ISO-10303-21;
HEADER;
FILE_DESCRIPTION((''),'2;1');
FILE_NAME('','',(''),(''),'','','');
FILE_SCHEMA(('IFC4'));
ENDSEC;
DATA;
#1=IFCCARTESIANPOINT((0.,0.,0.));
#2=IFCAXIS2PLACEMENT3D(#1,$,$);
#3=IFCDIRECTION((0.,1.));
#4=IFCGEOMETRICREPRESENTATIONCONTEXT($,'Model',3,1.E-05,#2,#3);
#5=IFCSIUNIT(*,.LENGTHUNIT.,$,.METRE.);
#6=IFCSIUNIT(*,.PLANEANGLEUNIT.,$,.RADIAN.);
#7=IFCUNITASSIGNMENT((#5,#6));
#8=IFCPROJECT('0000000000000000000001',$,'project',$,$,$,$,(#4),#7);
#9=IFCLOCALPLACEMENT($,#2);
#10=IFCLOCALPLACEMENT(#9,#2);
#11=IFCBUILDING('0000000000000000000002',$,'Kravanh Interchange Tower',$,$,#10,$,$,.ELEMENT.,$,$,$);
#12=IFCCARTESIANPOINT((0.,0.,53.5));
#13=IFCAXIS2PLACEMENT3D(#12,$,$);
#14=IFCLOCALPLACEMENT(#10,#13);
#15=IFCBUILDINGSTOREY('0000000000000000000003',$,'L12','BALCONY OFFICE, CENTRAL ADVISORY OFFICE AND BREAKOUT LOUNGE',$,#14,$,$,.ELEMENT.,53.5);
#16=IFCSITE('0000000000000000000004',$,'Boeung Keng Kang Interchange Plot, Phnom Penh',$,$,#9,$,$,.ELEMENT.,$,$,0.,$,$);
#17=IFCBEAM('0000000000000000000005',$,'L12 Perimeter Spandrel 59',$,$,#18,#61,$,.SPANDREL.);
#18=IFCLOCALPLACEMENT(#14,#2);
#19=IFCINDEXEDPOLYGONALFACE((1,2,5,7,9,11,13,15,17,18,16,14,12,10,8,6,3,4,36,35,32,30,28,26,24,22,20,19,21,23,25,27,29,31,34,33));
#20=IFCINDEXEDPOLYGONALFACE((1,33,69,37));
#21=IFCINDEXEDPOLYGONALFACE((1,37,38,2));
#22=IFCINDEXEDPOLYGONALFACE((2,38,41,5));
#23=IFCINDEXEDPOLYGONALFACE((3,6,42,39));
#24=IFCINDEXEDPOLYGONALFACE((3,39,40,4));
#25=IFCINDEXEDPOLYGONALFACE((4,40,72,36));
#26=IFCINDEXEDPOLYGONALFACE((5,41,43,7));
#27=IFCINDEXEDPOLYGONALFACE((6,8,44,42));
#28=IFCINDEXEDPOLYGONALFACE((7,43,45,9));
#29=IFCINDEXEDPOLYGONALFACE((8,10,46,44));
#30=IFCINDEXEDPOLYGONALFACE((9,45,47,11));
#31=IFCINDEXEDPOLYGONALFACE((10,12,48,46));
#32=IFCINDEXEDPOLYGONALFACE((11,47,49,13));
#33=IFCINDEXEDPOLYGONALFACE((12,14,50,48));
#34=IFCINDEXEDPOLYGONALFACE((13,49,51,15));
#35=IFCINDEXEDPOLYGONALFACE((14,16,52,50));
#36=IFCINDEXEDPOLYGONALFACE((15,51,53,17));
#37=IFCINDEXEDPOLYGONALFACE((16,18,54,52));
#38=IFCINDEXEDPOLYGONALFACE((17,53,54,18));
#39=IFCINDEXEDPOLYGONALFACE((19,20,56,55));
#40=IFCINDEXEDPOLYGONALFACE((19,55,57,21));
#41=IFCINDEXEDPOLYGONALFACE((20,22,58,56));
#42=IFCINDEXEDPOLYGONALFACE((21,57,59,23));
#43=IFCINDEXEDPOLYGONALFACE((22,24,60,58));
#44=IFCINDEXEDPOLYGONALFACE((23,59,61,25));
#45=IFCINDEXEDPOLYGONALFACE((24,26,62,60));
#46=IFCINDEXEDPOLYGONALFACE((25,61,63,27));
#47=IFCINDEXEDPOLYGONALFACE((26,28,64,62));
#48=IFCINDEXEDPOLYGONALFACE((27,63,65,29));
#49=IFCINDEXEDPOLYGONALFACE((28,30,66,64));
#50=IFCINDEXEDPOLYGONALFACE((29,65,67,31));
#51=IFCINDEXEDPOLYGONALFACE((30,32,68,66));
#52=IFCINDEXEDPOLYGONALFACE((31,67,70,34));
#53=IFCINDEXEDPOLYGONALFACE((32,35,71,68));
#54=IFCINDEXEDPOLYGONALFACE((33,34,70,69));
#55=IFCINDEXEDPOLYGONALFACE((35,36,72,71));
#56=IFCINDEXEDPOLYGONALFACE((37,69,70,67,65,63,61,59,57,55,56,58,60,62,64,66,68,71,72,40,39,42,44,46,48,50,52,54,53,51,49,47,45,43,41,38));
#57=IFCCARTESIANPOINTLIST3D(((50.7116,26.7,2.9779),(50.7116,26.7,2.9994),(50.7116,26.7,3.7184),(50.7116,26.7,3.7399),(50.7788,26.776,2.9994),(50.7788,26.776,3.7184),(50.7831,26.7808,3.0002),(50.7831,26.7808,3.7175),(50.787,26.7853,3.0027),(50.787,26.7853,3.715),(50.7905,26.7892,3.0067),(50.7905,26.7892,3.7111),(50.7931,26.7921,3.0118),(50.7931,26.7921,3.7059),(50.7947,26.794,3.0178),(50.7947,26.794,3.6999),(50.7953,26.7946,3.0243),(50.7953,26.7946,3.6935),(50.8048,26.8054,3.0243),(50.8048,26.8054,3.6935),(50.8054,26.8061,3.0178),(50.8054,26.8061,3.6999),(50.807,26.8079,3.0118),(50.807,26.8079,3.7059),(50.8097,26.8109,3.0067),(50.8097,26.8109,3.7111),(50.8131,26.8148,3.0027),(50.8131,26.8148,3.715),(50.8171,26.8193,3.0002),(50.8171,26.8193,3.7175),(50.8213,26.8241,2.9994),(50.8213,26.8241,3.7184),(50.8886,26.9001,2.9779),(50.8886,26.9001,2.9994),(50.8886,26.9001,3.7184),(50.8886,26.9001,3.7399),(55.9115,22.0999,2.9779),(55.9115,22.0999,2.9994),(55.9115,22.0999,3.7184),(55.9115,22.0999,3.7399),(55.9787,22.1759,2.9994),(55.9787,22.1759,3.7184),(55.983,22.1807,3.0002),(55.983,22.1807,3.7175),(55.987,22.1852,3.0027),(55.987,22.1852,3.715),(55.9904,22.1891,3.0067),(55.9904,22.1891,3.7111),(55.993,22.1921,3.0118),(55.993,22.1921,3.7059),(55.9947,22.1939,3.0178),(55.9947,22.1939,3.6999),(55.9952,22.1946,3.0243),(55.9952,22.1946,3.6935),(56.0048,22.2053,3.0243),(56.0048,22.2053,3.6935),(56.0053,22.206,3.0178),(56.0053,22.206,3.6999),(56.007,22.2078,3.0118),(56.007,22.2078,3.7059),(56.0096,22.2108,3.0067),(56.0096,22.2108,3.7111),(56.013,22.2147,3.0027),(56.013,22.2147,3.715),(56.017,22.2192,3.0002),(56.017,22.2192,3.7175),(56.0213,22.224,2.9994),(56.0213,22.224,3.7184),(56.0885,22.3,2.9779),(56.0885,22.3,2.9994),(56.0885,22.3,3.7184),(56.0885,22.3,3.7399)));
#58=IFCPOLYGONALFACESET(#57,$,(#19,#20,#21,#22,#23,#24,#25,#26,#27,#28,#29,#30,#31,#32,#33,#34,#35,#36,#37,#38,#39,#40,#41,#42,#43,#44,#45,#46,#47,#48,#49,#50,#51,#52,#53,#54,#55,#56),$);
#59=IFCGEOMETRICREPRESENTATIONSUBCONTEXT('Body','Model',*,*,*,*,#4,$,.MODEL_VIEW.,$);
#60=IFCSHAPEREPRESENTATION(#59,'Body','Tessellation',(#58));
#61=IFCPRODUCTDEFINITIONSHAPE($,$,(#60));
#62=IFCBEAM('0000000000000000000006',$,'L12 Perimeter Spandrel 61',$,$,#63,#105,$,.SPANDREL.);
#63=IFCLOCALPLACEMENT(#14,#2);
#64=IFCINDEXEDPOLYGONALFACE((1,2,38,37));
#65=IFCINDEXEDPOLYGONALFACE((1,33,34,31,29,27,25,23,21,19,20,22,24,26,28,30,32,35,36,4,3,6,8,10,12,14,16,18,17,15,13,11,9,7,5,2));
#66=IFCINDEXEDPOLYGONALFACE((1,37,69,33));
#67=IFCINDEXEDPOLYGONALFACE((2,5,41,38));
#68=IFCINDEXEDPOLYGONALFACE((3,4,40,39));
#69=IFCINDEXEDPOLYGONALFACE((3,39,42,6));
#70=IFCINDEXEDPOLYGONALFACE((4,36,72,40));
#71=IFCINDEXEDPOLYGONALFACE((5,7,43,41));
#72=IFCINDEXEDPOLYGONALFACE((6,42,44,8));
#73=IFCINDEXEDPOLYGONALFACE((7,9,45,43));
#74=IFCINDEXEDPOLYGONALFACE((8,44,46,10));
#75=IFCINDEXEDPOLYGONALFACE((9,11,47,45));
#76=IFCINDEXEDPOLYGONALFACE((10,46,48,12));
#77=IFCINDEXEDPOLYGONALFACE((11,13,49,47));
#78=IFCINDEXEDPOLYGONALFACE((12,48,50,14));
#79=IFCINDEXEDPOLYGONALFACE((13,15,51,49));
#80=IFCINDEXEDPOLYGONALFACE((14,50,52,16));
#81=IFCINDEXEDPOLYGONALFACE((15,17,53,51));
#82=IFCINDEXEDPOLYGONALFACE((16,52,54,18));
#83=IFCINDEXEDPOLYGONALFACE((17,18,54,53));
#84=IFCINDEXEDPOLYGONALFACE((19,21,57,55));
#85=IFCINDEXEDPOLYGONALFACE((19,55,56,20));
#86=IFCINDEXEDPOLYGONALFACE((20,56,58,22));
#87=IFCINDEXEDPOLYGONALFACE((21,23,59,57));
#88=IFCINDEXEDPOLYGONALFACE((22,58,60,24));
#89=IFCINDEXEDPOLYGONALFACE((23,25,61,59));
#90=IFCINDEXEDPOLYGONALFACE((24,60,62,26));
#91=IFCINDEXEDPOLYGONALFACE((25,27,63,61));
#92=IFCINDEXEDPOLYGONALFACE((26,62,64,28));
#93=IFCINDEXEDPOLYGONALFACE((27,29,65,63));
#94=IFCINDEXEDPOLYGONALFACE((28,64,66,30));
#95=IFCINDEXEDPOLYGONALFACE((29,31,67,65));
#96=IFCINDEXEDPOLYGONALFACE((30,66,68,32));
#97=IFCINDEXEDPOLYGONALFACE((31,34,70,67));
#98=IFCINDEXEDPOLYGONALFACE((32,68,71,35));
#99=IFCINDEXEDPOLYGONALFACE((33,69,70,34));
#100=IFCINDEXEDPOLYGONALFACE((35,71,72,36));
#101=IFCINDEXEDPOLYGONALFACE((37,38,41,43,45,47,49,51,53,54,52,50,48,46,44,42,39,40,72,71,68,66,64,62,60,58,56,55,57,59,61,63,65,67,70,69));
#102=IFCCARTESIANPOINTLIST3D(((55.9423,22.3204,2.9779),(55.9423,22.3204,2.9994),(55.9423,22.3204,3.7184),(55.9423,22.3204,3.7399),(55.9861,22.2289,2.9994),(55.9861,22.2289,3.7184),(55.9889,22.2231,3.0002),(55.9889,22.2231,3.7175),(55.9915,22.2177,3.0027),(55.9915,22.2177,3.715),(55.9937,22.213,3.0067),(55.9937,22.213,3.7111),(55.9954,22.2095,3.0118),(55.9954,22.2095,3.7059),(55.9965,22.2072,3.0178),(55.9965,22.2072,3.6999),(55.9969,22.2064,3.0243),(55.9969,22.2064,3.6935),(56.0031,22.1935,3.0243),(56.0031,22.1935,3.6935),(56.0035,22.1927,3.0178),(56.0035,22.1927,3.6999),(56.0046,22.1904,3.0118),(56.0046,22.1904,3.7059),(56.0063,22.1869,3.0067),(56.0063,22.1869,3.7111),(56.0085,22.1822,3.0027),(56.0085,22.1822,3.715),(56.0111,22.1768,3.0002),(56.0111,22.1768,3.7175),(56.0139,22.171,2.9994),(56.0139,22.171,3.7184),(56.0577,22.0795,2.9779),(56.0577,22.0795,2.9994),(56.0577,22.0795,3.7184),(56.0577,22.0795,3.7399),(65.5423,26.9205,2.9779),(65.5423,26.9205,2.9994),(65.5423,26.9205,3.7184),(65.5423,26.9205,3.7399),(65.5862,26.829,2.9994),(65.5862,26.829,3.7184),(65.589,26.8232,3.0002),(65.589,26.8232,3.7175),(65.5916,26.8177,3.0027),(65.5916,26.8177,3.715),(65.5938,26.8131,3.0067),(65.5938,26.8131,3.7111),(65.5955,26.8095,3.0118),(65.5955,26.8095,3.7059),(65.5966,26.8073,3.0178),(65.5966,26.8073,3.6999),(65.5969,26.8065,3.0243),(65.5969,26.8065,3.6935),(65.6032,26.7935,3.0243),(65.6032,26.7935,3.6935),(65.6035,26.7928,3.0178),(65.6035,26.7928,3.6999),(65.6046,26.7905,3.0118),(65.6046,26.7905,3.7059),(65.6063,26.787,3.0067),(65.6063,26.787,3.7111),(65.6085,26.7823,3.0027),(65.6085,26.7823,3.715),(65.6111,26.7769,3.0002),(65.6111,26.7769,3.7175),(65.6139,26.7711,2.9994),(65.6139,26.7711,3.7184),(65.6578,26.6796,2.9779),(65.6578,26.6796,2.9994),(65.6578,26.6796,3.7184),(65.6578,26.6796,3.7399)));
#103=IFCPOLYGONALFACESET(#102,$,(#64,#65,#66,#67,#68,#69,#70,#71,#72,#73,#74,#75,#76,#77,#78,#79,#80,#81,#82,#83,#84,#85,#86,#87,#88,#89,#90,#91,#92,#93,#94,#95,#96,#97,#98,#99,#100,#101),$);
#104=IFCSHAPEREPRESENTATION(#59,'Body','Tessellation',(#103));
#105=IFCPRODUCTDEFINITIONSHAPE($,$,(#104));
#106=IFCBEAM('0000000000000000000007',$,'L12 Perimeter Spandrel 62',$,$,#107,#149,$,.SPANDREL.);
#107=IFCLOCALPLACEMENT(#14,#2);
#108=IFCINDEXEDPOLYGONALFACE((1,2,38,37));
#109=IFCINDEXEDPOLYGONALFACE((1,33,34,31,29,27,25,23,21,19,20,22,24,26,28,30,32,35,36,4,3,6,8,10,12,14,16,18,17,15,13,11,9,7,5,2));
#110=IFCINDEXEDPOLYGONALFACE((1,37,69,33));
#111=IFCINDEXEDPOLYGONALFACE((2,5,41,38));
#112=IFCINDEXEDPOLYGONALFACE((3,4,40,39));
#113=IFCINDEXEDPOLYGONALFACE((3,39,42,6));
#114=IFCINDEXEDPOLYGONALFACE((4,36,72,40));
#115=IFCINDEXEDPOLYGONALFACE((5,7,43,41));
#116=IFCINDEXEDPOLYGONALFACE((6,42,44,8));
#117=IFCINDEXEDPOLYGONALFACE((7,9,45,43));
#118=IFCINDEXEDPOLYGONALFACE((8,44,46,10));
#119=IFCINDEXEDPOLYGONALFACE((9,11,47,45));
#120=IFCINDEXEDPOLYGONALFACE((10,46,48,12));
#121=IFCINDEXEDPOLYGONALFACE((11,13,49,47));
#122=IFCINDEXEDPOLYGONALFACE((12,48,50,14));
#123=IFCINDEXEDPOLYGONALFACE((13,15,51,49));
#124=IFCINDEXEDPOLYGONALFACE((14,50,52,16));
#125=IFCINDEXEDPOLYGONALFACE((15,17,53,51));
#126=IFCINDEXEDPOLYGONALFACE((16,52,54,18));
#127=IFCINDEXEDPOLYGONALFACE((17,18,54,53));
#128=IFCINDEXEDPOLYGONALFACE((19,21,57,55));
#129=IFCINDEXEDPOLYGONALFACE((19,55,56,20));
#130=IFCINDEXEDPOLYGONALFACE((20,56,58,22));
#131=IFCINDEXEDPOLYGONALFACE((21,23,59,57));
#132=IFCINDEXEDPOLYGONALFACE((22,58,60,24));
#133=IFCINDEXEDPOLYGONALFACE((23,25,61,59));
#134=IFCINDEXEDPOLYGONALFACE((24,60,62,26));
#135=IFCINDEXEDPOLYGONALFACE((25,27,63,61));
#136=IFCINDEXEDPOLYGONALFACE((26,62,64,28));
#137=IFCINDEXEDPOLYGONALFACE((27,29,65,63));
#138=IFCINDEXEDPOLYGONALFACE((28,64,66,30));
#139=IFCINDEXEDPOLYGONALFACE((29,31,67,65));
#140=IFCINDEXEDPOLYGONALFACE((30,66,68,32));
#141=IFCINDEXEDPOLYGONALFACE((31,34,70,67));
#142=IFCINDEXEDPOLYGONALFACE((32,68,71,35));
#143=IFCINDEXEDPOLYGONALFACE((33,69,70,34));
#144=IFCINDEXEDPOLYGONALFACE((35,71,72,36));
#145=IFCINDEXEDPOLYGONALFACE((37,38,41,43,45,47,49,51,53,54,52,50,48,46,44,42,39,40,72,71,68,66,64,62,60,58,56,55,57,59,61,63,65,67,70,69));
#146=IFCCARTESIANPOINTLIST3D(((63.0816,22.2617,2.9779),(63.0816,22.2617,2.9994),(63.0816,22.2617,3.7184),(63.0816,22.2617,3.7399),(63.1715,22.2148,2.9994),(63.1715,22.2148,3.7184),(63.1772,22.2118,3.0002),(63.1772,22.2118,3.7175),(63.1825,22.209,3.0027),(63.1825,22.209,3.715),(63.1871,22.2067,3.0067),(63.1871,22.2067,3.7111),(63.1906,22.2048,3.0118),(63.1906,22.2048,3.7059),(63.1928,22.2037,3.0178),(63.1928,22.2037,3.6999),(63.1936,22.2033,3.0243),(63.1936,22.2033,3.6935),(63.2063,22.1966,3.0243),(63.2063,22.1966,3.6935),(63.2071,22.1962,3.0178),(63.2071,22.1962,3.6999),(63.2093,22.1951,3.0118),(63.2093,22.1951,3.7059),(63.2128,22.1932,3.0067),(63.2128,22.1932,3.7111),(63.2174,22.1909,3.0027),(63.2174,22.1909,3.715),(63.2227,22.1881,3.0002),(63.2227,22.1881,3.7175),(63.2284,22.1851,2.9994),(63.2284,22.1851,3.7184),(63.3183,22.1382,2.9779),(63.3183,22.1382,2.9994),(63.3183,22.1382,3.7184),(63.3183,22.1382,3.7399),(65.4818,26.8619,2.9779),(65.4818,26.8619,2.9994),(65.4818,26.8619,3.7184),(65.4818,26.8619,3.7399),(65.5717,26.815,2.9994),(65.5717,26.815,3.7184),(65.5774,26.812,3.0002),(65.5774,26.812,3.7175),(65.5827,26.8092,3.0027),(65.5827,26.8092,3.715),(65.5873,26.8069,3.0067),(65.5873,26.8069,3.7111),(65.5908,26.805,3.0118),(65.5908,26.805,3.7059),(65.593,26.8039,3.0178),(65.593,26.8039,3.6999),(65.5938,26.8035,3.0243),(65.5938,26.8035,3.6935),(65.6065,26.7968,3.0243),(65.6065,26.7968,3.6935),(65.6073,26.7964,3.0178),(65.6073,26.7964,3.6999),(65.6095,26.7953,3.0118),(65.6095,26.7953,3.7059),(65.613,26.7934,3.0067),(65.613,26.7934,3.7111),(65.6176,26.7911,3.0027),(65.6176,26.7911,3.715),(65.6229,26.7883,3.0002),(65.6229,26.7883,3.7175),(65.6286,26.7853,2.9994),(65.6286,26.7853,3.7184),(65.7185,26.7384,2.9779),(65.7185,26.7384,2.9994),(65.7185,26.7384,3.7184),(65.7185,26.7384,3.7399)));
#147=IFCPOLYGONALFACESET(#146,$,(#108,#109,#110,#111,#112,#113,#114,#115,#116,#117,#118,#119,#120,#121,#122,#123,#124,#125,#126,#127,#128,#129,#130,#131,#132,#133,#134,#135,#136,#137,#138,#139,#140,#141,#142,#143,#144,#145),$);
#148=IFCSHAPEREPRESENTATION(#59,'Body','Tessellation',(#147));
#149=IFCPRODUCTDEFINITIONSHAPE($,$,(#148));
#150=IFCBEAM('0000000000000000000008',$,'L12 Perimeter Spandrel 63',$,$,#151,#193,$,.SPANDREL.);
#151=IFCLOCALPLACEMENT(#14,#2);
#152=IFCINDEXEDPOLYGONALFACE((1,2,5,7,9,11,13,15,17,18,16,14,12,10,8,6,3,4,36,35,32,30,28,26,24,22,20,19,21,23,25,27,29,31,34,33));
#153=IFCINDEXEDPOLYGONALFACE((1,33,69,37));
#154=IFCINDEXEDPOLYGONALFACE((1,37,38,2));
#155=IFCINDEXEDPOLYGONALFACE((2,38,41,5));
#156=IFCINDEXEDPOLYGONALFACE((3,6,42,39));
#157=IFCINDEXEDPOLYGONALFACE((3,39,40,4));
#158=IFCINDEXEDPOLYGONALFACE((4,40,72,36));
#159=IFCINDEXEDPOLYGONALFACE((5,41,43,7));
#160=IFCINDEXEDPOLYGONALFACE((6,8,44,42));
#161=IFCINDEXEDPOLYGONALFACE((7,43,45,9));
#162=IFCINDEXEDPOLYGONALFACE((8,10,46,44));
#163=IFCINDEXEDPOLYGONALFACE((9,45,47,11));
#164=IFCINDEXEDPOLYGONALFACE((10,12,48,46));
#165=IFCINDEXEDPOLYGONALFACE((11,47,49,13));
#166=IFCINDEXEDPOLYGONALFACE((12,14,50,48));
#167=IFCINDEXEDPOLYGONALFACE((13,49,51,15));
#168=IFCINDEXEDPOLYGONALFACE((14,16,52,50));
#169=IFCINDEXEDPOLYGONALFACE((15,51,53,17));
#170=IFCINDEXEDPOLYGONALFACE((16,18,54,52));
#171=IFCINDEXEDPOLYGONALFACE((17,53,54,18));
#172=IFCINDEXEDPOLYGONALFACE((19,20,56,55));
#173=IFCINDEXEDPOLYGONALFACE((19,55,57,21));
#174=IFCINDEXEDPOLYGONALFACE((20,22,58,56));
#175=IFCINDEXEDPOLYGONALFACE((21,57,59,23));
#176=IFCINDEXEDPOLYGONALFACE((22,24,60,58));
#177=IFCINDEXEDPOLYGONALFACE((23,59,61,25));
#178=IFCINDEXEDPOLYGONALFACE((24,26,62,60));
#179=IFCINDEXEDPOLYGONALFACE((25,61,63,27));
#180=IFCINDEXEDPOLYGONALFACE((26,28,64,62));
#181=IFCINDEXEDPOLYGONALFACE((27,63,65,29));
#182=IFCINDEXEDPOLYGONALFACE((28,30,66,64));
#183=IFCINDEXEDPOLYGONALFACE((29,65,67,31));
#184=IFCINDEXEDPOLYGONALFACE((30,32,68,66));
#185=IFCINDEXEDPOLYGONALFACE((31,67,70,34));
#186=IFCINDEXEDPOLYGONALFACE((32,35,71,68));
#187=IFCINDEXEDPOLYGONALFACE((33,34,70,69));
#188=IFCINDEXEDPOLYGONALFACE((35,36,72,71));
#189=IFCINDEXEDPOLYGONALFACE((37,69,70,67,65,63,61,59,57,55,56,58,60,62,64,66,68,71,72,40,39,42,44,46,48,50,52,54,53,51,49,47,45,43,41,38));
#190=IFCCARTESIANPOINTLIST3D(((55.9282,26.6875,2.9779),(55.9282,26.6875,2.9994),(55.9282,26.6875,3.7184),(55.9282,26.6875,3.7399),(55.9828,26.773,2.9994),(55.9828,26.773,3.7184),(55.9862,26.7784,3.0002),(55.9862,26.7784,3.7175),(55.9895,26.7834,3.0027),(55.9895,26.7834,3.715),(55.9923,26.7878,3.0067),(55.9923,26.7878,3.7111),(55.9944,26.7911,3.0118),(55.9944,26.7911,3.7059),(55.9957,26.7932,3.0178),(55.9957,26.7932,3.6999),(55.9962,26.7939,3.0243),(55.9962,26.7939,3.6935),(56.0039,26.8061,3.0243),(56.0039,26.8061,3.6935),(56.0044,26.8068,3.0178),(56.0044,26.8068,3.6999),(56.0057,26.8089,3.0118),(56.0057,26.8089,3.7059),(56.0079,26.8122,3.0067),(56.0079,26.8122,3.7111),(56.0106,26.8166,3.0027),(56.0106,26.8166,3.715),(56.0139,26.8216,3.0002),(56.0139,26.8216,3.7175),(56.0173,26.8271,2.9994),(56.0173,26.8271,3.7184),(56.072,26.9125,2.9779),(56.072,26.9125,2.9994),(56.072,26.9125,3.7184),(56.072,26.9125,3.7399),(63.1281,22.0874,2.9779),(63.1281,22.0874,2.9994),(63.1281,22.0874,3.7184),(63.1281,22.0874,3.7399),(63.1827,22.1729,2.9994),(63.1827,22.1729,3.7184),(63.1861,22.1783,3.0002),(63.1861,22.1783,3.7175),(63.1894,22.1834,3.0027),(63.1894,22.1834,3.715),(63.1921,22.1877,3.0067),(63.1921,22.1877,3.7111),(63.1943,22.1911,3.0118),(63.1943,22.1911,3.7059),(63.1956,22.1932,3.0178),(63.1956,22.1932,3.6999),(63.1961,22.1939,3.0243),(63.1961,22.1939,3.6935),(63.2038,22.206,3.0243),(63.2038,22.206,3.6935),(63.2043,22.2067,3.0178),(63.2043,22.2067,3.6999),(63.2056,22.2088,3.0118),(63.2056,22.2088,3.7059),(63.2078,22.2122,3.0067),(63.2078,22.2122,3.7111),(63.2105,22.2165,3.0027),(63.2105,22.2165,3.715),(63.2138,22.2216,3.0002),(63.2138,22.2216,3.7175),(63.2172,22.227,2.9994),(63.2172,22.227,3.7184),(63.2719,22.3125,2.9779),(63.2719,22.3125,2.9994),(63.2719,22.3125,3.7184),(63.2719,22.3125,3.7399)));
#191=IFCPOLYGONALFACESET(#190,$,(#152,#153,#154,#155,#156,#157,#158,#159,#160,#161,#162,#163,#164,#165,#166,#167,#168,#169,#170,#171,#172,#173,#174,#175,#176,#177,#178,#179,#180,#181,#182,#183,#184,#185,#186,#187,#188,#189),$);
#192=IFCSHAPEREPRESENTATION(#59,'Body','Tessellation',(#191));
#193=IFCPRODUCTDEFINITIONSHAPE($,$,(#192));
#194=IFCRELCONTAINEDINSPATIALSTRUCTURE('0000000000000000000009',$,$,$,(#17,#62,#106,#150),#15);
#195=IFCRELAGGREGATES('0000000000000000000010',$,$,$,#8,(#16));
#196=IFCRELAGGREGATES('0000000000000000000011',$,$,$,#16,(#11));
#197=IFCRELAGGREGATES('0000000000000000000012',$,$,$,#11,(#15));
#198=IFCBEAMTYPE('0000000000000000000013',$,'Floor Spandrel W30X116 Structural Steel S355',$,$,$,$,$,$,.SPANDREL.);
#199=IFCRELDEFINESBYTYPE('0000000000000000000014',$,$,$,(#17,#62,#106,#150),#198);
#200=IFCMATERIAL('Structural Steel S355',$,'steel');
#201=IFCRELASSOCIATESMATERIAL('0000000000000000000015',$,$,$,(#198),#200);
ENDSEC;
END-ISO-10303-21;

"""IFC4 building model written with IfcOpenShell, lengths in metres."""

from ifc_helpers import new_model, si_unit, direction, frame, origin, origin_2d, place, context, subcontext, project, spatial, i_section, extrude, material, material_profile, profile_set, type_object, element, save


model = new_model("IFC4")

# Units and contexts
model_context = context("Model", 3, precision=1e-05, world=origin(), true_north=direction((0.0, 1.0)))
body_context = subcontext(model_context, "Body", "Model", "MODEL_VIEW")
ifc_project = project(units=[si_unit("LENGTHUNIT", "METRE"), si_unit("PLANEANGLEUNIT", "RADIAN")], contexts=[model_context])

# Site, building, storey
site_placement = place(None, origin())
site = spatial("IfcSite", under=ifc_project, at=site_placement, Name="Boeung Keng Kang Interchange Plot, Phnom Penh", CompositionType="ELEMENT", RefElevation=0.0)
building_placement = place(site_placement, origin())
building = spatial("IfcBuilding", under=site, at=building_placement, Name="Kravanh Interchange Tower", CompositionType="ELEMENT")
storey_placement = place(building_placement, frame((0.0, 0.0, 53.5)))
storey = spatial("IfcBuildingStorey", under=building, at=storey_placement, Name="L12", Description="BALCONY OFFICE, CENTRAL ADVISORY OFFICE AND BREAKOUT LOUNGE", CompositionType="ELEMENT", Elevation=53.5)

# Beams
ifc_material_1 = material(Name="Structural Steel S355", Category="steel")
ifc_material_profile_1 = material_profile(ifc_material_1, i_section(OverallWidth=0.2671, OverallDepth=0.762, WebThickness=0.0144, FlangeThickness=0.0215, FilletRadius=0.0249, at=origin_2d()), Name="W30X116")
ifc_profile_set_1 = profile_set([ifc_material_profile_1], Name="Structural Steel S355")
beam_type_1 = type_object("IfcBeamType", Name="Floor Spandrel W30X116 Structural Steel S355", PredefinedType="SPANDREL", material=ifc_profile_set_1)
beam_1_placement = place(storey_placement, frame((56.0, 22.2, 3.3589), z_axis=(-0.748986, 0.662585, 0.0), x_axis=(-0.662585, -0.748986, 0.0)))
element("IfcBeam", 1, at=beam_1_placement, inside=storey, type_object=beam_type_1, Name="L12 Perimeter Spandrel 59", PredefinedType="SPANDREL", context=body_context, shape_type="SweptSolid", body=[
    extrude(i_section(OverallWidth=0.2671, OverallDepth=0.762, WebThickness=0.0144, FlangeThickness=0.0215, FilletRadius=0.0249, at=origin_2d()), origin(), (0.0, 0.0, 1.0), 6.9426),
])
beam_2_placement = place(storey_placement, frame((56.0, 22.2, 3.3589), z_axis=(0.901814, 0.432124, 0.0), x_axis=(-0.432124, 0.901814, 0.0)))
element("IfcBeam", 2, at=beam_2_placement, inside=storey, type_object=beam_type_1, Name="L12 Perimeter Spandrel 61", PredefinedType="SPANDREL", context=body_context, shape_type="SweptSolid", body=[
    extrude(i_section(OverallWidth=0.2671, OverallDepth=0.762, WebThickness=0.0144, FlangeThickness=0.0215, FilletRadius=0.0249, at=origin_2d()), origin(), (0.0, 0.0, 1.0), 10.6453),
])
beam_3_placement = place(storey_placement, frame((63.2, 22.2, 3.3589), z_axis=(0.46258, 0.886577, 0.0), x_axis=(-0.886577, 0.46258, 0.0)))
element("IfcBeam", 3, at=beam_3_placement, inside=storey, type_object=beam_type_1, Name="L12 Perimeter Spandrel 62", PredefinedType="SPANDREL", context=body_context, shape_type="SweptSolid", body=[
    extrude(i_section(OverallWidth=0.2671, OverallDepth=0.762, WebThickness=0.0144, FlangeThickness=0.0215, FilletRadius=0.0249, at=origin_2d()), origin(), (0.0, 0.0, 1.0), 5.1887),
])
beam_4_placement = place(storey_placement, frame((63.2, 22.2, 3.3589), z_axis=(-0.842689, 0.5384, 0.0), x_axis=(-0.5384, -0.842689, 0.0)))
element("IfcBeam", 4, at=beam_4_placement, inside=storey, type_object=beam_type_1, Name="L12 Perimeter Spandrel 63", PredefinedType="SPANDREL", context=body_context, shape_type="SweptSolid", body=[
    extrude(i_section(OverallWidth=0.2671, OverallDepth=0.762, WebThickness=0.0144, FlangeThickness=0.0215, FilletRadius=0.0249, at=origin_2d()), origin(), (0.0, 0.0, 1.0), 8.5439),
])

save(model, "model.ifc")
